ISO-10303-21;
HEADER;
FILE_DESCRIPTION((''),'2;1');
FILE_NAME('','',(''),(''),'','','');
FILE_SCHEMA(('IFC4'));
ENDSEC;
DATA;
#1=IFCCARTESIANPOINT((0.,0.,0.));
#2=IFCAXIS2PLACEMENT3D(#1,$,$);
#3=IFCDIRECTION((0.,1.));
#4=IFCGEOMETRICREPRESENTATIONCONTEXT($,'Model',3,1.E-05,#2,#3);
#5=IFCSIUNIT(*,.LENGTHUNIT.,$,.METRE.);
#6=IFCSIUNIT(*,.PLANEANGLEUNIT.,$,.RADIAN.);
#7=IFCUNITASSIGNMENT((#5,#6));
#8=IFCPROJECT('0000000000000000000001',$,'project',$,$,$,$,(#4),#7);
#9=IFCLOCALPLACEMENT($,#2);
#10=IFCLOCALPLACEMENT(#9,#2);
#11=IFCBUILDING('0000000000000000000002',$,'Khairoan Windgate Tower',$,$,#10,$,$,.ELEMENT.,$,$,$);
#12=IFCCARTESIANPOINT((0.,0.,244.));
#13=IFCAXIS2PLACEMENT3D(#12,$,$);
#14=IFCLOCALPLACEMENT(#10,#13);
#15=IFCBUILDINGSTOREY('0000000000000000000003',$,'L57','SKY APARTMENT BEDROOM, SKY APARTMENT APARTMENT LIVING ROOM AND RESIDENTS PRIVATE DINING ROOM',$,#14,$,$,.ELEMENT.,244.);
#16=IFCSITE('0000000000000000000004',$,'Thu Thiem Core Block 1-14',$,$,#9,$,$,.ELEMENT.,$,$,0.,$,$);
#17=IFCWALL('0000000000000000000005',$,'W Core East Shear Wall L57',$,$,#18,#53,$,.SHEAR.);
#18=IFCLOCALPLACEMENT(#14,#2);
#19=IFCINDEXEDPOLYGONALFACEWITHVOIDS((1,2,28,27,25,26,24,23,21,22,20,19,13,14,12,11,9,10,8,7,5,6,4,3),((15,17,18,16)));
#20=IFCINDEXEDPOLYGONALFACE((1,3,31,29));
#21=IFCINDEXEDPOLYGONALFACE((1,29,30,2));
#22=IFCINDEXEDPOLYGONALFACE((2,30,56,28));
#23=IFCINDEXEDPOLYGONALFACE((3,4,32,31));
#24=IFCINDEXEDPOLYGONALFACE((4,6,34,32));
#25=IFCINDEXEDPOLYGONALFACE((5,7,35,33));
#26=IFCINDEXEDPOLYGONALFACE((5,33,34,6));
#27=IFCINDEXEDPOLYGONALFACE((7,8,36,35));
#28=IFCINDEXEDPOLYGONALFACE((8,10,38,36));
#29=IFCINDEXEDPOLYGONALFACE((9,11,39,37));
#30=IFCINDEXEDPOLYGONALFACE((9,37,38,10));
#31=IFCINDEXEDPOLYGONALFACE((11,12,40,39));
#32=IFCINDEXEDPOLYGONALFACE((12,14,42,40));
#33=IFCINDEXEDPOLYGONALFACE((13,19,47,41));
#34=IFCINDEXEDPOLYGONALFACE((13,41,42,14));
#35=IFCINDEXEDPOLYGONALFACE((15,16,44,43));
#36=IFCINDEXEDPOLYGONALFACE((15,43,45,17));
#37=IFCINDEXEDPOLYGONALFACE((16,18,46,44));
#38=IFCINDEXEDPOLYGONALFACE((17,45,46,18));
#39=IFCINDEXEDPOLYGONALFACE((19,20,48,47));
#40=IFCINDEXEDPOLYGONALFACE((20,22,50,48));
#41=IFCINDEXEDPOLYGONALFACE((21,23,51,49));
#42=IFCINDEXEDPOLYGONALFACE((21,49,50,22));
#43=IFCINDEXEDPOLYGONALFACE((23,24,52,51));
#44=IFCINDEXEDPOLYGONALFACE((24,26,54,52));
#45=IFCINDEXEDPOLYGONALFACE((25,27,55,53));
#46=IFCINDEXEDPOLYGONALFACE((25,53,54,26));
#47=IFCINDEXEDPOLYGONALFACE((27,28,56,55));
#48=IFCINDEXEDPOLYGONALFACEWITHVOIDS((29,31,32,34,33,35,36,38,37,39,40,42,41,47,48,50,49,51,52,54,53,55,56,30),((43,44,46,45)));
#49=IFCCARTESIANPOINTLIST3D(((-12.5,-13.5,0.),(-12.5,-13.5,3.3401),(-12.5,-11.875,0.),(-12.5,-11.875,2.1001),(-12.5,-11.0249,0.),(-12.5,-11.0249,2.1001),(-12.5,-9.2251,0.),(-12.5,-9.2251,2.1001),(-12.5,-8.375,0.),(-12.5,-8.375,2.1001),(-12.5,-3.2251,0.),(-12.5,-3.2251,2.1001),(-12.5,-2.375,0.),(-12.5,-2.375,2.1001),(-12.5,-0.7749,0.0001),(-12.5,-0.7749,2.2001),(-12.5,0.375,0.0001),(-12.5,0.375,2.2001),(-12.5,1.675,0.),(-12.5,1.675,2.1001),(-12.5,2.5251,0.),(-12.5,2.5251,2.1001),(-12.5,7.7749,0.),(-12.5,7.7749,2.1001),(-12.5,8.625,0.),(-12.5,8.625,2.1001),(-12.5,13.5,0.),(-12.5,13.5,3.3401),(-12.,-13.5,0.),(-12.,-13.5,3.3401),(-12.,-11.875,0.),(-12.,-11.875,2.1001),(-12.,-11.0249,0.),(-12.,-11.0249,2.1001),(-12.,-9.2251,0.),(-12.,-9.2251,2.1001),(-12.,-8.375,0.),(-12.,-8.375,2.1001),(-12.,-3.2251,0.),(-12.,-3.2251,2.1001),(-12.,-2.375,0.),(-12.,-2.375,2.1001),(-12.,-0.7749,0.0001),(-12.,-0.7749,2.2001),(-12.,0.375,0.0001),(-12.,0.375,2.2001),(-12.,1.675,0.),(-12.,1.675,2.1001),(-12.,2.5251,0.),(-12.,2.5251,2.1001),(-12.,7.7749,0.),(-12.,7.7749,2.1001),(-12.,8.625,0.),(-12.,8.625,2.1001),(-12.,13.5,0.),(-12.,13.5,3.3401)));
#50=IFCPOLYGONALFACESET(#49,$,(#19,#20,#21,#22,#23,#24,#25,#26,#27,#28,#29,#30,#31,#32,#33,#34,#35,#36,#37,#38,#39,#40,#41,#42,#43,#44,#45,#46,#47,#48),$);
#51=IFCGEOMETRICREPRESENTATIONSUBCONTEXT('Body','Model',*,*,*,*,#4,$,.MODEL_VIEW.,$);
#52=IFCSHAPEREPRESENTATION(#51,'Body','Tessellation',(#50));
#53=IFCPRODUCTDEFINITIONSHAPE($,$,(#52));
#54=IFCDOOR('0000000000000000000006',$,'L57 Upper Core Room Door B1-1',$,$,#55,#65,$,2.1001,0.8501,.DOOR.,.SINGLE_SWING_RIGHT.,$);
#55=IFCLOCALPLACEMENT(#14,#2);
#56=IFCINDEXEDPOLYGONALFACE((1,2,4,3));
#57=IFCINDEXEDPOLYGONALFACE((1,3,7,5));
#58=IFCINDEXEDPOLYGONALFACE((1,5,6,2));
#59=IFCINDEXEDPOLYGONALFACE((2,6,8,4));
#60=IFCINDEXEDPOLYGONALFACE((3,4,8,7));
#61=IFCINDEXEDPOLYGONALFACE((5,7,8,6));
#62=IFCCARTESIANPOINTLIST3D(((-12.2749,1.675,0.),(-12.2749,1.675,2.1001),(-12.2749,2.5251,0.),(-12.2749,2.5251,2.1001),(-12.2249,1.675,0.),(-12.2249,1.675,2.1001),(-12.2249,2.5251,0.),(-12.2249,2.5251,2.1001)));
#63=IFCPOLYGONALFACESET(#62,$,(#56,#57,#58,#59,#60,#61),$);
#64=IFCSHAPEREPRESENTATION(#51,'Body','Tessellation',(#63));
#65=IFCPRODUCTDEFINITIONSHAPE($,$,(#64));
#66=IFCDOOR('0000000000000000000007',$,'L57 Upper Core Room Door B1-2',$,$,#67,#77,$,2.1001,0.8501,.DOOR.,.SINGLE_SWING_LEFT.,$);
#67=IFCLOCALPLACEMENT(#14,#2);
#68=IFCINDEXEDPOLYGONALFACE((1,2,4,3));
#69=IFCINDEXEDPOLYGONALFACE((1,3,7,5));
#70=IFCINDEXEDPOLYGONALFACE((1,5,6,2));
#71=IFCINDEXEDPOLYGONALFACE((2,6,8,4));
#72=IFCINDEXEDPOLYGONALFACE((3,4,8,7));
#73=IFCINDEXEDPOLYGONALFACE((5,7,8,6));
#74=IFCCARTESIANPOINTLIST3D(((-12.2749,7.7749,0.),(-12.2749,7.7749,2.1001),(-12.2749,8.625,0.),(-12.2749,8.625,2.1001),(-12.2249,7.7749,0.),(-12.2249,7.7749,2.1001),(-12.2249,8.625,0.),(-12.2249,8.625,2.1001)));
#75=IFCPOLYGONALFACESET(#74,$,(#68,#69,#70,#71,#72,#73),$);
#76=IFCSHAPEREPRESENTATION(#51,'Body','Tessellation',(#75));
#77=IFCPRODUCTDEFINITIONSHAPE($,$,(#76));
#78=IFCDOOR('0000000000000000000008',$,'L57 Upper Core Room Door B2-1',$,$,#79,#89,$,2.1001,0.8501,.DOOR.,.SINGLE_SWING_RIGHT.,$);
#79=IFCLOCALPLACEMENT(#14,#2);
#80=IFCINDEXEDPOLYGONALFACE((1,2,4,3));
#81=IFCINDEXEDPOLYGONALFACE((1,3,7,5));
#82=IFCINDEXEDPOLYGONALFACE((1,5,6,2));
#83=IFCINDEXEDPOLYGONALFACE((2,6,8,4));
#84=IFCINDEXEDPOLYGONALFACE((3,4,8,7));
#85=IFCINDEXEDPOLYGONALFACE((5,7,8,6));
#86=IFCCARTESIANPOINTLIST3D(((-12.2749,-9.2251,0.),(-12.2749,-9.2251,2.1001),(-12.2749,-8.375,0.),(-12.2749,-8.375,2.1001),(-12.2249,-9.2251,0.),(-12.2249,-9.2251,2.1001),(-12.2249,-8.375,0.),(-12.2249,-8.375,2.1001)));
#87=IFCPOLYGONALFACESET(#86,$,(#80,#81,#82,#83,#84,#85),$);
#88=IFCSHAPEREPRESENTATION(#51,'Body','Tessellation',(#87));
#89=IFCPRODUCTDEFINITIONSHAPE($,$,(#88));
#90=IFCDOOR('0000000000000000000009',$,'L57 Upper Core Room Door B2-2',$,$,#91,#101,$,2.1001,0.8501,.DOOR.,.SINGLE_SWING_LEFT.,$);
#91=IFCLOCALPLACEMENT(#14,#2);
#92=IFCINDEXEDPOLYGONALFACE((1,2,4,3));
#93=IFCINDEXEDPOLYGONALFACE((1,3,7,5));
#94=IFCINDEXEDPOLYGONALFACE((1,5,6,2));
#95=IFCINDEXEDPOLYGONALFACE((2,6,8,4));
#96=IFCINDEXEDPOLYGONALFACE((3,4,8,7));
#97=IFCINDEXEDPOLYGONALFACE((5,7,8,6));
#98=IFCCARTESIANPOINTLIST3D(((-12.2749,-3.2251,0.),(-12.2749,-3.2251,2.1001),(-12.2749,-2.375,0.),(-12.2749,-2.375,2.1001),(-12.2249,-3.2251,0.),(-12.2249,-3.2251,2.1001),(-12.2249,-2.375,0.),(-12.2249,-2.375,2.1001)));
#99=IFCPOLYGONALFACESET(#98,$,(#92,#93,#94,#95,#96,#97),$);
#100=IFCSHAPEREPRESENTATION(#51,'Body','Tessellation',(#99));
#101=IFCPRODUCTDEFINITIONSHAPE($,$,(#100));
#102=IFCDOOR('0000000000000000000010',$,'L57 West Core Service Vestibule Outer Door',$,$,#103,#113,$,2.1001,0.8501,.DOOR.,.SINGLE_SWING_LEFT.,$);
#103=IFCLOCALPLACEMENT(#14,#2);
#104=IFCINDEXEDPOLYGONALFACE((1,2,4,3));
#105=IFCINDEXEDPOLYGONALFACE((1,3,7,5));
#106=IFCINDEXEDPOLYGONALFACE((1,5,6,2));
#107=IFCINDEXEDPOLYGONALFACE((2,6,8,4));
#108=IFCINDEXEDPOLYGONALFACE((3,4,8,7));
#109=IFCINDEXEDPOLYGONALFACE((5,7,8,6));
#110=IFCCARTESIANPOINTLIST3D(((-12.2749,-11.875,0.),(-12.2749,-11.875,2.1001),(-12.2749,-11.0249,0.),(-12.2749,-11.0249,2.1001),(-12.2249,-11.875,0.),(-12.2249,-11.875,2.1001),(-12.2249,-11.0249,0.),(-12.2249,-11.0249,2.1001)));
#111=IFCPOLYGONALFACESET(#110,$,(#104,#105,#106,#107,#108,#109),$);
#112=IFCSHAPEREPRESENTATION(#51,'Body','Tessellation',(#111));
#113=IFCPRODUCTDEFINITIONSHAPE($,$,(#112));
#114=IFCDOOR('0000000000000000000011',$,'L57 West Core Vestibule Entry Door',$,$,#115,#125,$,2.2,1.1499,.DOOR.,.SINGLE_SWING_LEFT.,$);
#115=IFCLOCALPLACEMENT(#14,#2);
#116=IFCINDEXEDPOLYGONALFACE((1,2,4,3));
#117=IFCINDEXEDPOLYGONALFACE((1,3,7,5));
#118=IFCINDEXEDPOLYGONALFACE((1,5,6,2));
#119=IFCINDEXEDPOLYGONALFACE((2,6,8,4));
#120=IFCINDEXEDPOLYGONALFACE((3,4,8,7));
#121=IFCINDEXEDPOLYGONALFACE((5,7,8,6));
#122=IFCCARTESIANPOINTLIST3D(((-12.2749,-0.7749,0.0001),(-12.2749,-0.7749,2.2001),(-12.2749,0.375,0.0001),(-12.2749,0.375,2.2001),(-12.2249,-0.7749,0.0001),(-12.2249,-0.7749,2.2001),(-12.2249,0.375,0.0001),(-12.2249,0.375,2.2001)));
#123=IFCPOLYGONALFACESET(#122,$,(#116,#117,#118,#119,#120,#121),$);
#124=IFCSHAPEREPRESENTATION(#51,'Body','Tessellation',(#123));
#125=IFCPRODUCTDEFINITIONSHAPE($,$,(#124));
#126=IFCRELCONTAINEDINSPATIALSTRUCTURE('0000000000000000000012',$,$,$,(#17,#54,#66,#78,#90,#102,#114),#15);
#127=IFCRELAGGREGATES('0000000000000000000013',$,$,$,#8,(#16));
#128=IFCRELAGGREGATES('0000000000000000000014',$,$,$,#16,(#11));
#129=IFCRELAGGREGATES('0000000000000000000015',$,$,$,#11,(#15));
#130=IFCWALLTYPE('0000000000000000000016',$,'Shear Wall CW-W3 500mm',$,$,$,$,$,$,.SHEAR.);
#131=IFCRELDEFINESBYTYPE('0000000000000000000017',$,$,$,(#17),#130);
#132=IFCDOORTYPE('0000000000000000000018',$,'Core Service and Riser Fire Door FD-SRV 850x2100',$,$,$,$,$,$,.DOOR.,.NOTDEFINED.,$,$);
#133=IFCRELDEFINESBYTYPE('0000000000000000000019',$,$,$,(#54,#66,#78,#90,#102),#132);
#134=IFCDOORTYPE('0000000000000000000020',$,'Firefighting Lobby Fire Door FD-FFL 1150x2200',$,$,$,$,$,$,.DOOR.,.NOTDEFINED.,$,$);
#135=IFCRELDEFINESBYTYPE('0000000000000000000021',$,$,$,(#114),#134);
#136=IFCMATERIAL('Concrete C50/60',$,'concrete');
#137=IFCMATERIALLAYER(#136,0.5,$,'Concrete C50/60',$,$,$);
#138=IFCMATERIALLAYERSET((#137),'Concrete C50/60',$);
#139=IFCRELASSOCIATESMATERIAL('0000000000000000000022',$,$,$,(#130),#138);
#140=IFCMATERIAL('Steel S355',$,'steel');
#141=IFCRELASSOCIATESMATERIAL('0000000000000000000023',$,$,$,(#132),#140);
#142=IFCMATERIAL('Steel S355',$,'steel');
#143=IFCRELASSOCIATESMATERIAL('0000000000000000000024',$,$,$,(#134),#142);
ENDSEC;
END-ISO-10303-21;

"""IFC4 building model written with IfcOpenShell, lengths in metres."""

from ifc_helpers import new_model, si_unit, direction, frame, frame_2d, origin, place, context, subcontext, project, spatial, rectangle, extrude, material, layer, layer_set, type_object, element, fill, save


model = new_model("IFC4")

# Units and contexts
model_context = context("Model", 3, precision=1e-05, world=origin(), true_north=direction((0.0, 1.0)))
body_context = subcontext(model_context, "Body", "Model", "MODEL_VIEW")
ifc_project = project(units=[si_unit("LENGTHUNIT", "METRE"), si_unit("PLANEANGLEUNIT", "RADIAN")], contexts=[model_context])

# Site, building, storey
site_placement = place(None, origin())
site = spatial("IfcSite", under=ifc_project, at=site_placement, Name="Thu Thiem Core Block 1-14", CompositionType="ELEMENT", RefElevation=0.0)
building_placement = place(site_placement, origin())
building = spatial("IfcBuilding", under=site, at=building_placement, Name="Khairoan Windgate Tower", CompositionType="ELEMENT")
storey_placement = place(building_placement, frame((0.0, 0.0, 244.0)))
storey = spatial("IfcBuildingStorey", under=building, at=storey_placement, Name="L57", Description="SKY APARTMENT BEDROOM, SKY APARTMENT APARTMENT LIVING ROOM AND RESIDENTS PRIVATE DINING ROOM", CompositionType="ELEMENT", Elevation=244.0)

# Wall, openings, doors
ifc_material_1 = material(Name="Concrete C50/60", Category="concrete")
ifc_layer_1 = layer(ifc_material_1, 0.5, Name="Concrete C50/60")
ifc_layer_set_1 = layer_set([ifc_layer_1], Name="Concrete C50/60")
wall_type_1 = type_object("IfcWallType", Name="Shear Wall CW-W3 500mm", PredefinedType="SHEAR", material=ifc_layer_set_1)
wall_1_placement = place(storey_placement, frame((-12.25, -13.5, 0.0), z_axis=(0.0, 0.0, 1.0), x_axis=(0.0, 1.0, 0.0)))
wall_1 = element("IfcWall", 1, at=wall_1_placement, inside=storey, type_object=wall_type_1, Name="W Core East Shear Wall L57", PredefinedType="SHEAR", context=body_context, shape_type="SweptSolid", body=[
    extrude(rectangle(XDim=27.0, YDim=0.5, at=frame_2d((13.5, 0.0))), origin(), (0.0, 0.0, 1.0), 3.3401),
])
opening_1_placement = place(wall_1_placement, frame((15.175, 0.0, 0.0)))
opening_1 = element("IfcOpeningElement", 2, at=opening_1_placement, cuts=wall_1, PredefinedType="OPENING", context=body_context, shape_type="SweptSolid", body=[
    extrude(rectangle(XDim=0.8501, YDim=2.1001, at=frame_2d((0.425, 1.05))), frame((0.0, 0.26, 0.0), z_axis=(0.0, -1.0, 0.0), x_axis=(1.0, 0.0, 0.0)), (0.0, 0.0, 1.0), 0.52),
])
opening_2_placement = place(wall_1_placement, frame((21.2749, 0.0, 0.0)))
opening_2 = element("IfcOpeningElement", 3, at=opening_2_placement, cuts=wall_1, PredefinedType="OPENING", context=body_context, shape_type="SweptSolid", body=[
    extrude(rectangle(XDim=0.8501, YDim=2.1001, at=frame_2d((0.425, 1.05))), frame((0.0, 0.26, 0.0), z_axis=(0.0, -1.0, 0.0), x_axis=(1.0, 0.0, 0.0)), (0.0, 0.0, 1.0), 0.52),
])
opening_3_placement = place(wall_1_placement, frame((4.2749, 0.0, 0.0)))
opening_3 = element("IfcOpeningElement", 4, at=opening_3_placement, cuts=wall_1, PredefinedType="OPENING", context=body_context, shape_type="SweptSolid", body=[
    extrude(rectangle(XDim=0.8501, YDim=2.1001, at=frame_2d((0.425, 1.05))), frame((0.0, 0.26, 0.0), z_axis=(0.0, -1.0, 0.0), x_axis=(1.0, 0.0, 0.0)), (0.0, 0.0, 1.0), 0.52),
])
opening_4_placement = place(wall_1_placement, frame((10.2749, 0.0, 0.0)))
opening_4 = element("IfcOpeningElement", 5, at=opening_4_placement, cuts=wall_1, PredefinedType="OPENING", context=body_context, shape_type="SweptSolid", body=[
    extrude(rectangle(XDim=0.8501, YDim=2.1001, at=frame_2d((0.425, 1.05))), frame((0.0, 0.26, 0.0), z_axis=(0.0, -1.0, 0.0), x_axis=(1.0, 0.0, 0.0)), (0.0, 0.0, 1.0), 0.52),
])
opening_5_placement = place(wall_1_placement, frame((12.7251, 0.0, 0.0)))
opening_5 = element("IfcOpeningElement", 6, at=opening_5_placement, cuts=wall_1, PredefinedType="OPENING", context=body_context, shape_type="SweptSolid", body=[
    extrude(rectangle(XDim=1.1499, YDim=2.2, at=frame_2d((0.575, 1.1001))), frame((0.0, 0.26, 0.0), z_axis=(0.0, -1.0, 0.0), x_axis=(1.0, 0.0, 0.0)), (0.0, 0.0, 1.0), 0.52),
])
opening_6_placement = place(wall_1_placement, frame((1.625, 0.0, 0.0)))
opening_6 = element("IfcOpeningElement", 7, at=opening_6_placement, cuts=wall_1, PredefinedType="OPENING", context=body_context, shape_type="SweptSolid", body=[
    extrude(rectangle(XDim=0.8501, YDim=2.1001, at=frame_2d((0.425, 1.05))), frame((0.0, 0.26, 0.0), z_axis=(0.0, -1.0, 0.0), x_axis=(1.0, 0.0, 0.0)), (0.0, 0.0, 1.0), 0.52),
])
ifc_material_2 = material(Name="Steel S355", Category="steel")
door_type_1 = type_object("IfcDoorType", Name="Core Service and Riser Fire Door FD-SRV 850x2100", OperationType="NOTDEFINED", PredefinedType="DOOR", material=ifc_material_2)
door_1_placement = place(opening_1_placement, origin())
door_1 = element("IfcDoor", 8, at=door_1_placement, inside=storey, type_object=door_type_1, Name="L57 Upper Core Room Door B1-1", OperationType="SINGLE_SWING_RIGHT", OverallHeight=2.1001, OverallWidth=0.8501, PredefinedType="DOOR", context=body_context, shape_type="SweptSolid", body=[
    extrude(rectangle(XDim=0.8501, YDim=2.1001, at=frame_2d((0.425, 1.05))), frame((0.0, 0.0249, 0.0), z_axis=(0.0, -1.0, 0.0), x_axis=(1.0, 0.0, 0.0)), (0.0, 0.0, 1.0), 0.05),
])
fill(opening_1, door_1)
door_2_placement = place(opening_2_placement, origin())
door_2 = element("IfcDoor", 9, at=door_2_placement, inside=storey, type_object=door_type_1, Name="L57 Upper Core Room Door B1-2", OperationType="SINGLE_SWING_LEFT", OverallHeight=2.1001, OverallWidth=0.8501, PredefinedType="DOOR", context=body_context, shape_type="SweptSolid", body=[
    extrude(rectangle(XDim=0.8501, YDim=2.1001, at=frame_2d((0.425, 1.05))), frame((0.0, 0.0249, 0.0), z_axis=(0.0, -1.0, 0.0), x_axis=(1.0, 0.0, 0.0)), (0.0, 0.0, 1.0), 0.05),
])
fill(opening_2, door_2)
door_3_placement = place(opening_3_placement, origin())
door_3 = element("IfcDoor", 10, at=door_3_placement, inside=storey, type_object=door_type_1, Name="L57 Upper Core Room Door B2-1", OperationType="SINGLE_SWING_RIGHT", OverallHeight=2.1001, OverallWidth=0.8501, PredefinedType="DOOR", context=body_context, shape_type="SweptSolid", body=[
    extrude(rectangle(XDim=0.8501, YDim=2.1001, at=frame_2d((0.425, 1.05))), frame((0.0, 0.0249, 0.0), z_axis=(0.0, -1.0, 0.0), x_axis=(1.0, 0.0, 0.0)), (0.0, 0.0, 1.0), 0.05),
])
fill(opening_3, door_3)
door_4_placement = place(opening_4_placement, origin())
door_4 = element("IfcDoor", 11, at=door_4_placement, inside=storey, type_object=door_type_1, Name="L57 Upper Core Room Door B2-2", OperationType="SINGLE_SWING_LEFT", OverallHeight=2.1001, OverallWidth=0.8501, PredefinedType="DOOR", context=body_context, shape_type="SweptSolid", body=[
    extrude(rectangle(XDim=0.8501, YDim=2.1001, at=frame_2d((0.425, 1.05))), frame((0.0, 0.0249, 0.0), z_axis=(0.0, -1.0, 0.0), x_axis=(1.0, 0.0, 0.0)), (0.0, 0.0, 1.0), 0.05),
])
fill(opening_4, door_4)
door_5_placement = place(opening_6_placement, origin())
door_5 = element("IfcDoor", 12, at=door_5_placement, inside=storey, type_object=door_type_1, Name="L57 West Core Service Vestibule Outer Door", OperationType="SINGLE_SWING_LEFT", OverallHeight=2.1001, OverallWidth=0.8501, PredefinedType="DOOR", context=body_context, shape_type="SweptSolid", body=[
    extrude(rectangle(XDim=0.8501, YDim=2.1001, at=frame_2d((0.425, 1.05))), frame((0.0, 0.0249, 0.0), z_axis=(0.0, -1.0, 0.0), x_axis=(1.0, 0.0, 0.0)), (0.0, 0.0, 1.0), 0.05),
])
fill(opening_6, door_5)
ifc_material_3 = material(Name="Steel S355", Category="steel")
door_type_2 = type_object("IfcDoorType", Name="Firefighting Lobby Fire Door FD-FFL 1150x2200", OperationType="NOTDEFINED", PredefinedType="DOOR", material=ifc_material_3)
door_6_placement = place(opening_5_placement, origin())
door_6 = element("IfcDoor", 13, at=door_6_placement, inside=storey, type_object=door_type_2, Name="L57 West Core Vestibule Entry Door", OperationType="SINGLE_SWING_LEFT", OverallHeight=2.2, OverallWidth=1.1499, PredefinedType="DOOR", context=body_context, shape_type="SweptSolid", body=[
    extrude(rectangle(XDim=1.1499, YDim=2.2, at=frame_2d((0.575, 1.1001))), frame((0.0, 0.0249, 0.0), z_axis=(0.0, -1.0, 0.0), x_axis=(1.0, 0.0, 0.0)), (0.0, 0.0, 1.0), 0.05),
])
fill(opening_5, door_6)

save(model, "model.ifc")
